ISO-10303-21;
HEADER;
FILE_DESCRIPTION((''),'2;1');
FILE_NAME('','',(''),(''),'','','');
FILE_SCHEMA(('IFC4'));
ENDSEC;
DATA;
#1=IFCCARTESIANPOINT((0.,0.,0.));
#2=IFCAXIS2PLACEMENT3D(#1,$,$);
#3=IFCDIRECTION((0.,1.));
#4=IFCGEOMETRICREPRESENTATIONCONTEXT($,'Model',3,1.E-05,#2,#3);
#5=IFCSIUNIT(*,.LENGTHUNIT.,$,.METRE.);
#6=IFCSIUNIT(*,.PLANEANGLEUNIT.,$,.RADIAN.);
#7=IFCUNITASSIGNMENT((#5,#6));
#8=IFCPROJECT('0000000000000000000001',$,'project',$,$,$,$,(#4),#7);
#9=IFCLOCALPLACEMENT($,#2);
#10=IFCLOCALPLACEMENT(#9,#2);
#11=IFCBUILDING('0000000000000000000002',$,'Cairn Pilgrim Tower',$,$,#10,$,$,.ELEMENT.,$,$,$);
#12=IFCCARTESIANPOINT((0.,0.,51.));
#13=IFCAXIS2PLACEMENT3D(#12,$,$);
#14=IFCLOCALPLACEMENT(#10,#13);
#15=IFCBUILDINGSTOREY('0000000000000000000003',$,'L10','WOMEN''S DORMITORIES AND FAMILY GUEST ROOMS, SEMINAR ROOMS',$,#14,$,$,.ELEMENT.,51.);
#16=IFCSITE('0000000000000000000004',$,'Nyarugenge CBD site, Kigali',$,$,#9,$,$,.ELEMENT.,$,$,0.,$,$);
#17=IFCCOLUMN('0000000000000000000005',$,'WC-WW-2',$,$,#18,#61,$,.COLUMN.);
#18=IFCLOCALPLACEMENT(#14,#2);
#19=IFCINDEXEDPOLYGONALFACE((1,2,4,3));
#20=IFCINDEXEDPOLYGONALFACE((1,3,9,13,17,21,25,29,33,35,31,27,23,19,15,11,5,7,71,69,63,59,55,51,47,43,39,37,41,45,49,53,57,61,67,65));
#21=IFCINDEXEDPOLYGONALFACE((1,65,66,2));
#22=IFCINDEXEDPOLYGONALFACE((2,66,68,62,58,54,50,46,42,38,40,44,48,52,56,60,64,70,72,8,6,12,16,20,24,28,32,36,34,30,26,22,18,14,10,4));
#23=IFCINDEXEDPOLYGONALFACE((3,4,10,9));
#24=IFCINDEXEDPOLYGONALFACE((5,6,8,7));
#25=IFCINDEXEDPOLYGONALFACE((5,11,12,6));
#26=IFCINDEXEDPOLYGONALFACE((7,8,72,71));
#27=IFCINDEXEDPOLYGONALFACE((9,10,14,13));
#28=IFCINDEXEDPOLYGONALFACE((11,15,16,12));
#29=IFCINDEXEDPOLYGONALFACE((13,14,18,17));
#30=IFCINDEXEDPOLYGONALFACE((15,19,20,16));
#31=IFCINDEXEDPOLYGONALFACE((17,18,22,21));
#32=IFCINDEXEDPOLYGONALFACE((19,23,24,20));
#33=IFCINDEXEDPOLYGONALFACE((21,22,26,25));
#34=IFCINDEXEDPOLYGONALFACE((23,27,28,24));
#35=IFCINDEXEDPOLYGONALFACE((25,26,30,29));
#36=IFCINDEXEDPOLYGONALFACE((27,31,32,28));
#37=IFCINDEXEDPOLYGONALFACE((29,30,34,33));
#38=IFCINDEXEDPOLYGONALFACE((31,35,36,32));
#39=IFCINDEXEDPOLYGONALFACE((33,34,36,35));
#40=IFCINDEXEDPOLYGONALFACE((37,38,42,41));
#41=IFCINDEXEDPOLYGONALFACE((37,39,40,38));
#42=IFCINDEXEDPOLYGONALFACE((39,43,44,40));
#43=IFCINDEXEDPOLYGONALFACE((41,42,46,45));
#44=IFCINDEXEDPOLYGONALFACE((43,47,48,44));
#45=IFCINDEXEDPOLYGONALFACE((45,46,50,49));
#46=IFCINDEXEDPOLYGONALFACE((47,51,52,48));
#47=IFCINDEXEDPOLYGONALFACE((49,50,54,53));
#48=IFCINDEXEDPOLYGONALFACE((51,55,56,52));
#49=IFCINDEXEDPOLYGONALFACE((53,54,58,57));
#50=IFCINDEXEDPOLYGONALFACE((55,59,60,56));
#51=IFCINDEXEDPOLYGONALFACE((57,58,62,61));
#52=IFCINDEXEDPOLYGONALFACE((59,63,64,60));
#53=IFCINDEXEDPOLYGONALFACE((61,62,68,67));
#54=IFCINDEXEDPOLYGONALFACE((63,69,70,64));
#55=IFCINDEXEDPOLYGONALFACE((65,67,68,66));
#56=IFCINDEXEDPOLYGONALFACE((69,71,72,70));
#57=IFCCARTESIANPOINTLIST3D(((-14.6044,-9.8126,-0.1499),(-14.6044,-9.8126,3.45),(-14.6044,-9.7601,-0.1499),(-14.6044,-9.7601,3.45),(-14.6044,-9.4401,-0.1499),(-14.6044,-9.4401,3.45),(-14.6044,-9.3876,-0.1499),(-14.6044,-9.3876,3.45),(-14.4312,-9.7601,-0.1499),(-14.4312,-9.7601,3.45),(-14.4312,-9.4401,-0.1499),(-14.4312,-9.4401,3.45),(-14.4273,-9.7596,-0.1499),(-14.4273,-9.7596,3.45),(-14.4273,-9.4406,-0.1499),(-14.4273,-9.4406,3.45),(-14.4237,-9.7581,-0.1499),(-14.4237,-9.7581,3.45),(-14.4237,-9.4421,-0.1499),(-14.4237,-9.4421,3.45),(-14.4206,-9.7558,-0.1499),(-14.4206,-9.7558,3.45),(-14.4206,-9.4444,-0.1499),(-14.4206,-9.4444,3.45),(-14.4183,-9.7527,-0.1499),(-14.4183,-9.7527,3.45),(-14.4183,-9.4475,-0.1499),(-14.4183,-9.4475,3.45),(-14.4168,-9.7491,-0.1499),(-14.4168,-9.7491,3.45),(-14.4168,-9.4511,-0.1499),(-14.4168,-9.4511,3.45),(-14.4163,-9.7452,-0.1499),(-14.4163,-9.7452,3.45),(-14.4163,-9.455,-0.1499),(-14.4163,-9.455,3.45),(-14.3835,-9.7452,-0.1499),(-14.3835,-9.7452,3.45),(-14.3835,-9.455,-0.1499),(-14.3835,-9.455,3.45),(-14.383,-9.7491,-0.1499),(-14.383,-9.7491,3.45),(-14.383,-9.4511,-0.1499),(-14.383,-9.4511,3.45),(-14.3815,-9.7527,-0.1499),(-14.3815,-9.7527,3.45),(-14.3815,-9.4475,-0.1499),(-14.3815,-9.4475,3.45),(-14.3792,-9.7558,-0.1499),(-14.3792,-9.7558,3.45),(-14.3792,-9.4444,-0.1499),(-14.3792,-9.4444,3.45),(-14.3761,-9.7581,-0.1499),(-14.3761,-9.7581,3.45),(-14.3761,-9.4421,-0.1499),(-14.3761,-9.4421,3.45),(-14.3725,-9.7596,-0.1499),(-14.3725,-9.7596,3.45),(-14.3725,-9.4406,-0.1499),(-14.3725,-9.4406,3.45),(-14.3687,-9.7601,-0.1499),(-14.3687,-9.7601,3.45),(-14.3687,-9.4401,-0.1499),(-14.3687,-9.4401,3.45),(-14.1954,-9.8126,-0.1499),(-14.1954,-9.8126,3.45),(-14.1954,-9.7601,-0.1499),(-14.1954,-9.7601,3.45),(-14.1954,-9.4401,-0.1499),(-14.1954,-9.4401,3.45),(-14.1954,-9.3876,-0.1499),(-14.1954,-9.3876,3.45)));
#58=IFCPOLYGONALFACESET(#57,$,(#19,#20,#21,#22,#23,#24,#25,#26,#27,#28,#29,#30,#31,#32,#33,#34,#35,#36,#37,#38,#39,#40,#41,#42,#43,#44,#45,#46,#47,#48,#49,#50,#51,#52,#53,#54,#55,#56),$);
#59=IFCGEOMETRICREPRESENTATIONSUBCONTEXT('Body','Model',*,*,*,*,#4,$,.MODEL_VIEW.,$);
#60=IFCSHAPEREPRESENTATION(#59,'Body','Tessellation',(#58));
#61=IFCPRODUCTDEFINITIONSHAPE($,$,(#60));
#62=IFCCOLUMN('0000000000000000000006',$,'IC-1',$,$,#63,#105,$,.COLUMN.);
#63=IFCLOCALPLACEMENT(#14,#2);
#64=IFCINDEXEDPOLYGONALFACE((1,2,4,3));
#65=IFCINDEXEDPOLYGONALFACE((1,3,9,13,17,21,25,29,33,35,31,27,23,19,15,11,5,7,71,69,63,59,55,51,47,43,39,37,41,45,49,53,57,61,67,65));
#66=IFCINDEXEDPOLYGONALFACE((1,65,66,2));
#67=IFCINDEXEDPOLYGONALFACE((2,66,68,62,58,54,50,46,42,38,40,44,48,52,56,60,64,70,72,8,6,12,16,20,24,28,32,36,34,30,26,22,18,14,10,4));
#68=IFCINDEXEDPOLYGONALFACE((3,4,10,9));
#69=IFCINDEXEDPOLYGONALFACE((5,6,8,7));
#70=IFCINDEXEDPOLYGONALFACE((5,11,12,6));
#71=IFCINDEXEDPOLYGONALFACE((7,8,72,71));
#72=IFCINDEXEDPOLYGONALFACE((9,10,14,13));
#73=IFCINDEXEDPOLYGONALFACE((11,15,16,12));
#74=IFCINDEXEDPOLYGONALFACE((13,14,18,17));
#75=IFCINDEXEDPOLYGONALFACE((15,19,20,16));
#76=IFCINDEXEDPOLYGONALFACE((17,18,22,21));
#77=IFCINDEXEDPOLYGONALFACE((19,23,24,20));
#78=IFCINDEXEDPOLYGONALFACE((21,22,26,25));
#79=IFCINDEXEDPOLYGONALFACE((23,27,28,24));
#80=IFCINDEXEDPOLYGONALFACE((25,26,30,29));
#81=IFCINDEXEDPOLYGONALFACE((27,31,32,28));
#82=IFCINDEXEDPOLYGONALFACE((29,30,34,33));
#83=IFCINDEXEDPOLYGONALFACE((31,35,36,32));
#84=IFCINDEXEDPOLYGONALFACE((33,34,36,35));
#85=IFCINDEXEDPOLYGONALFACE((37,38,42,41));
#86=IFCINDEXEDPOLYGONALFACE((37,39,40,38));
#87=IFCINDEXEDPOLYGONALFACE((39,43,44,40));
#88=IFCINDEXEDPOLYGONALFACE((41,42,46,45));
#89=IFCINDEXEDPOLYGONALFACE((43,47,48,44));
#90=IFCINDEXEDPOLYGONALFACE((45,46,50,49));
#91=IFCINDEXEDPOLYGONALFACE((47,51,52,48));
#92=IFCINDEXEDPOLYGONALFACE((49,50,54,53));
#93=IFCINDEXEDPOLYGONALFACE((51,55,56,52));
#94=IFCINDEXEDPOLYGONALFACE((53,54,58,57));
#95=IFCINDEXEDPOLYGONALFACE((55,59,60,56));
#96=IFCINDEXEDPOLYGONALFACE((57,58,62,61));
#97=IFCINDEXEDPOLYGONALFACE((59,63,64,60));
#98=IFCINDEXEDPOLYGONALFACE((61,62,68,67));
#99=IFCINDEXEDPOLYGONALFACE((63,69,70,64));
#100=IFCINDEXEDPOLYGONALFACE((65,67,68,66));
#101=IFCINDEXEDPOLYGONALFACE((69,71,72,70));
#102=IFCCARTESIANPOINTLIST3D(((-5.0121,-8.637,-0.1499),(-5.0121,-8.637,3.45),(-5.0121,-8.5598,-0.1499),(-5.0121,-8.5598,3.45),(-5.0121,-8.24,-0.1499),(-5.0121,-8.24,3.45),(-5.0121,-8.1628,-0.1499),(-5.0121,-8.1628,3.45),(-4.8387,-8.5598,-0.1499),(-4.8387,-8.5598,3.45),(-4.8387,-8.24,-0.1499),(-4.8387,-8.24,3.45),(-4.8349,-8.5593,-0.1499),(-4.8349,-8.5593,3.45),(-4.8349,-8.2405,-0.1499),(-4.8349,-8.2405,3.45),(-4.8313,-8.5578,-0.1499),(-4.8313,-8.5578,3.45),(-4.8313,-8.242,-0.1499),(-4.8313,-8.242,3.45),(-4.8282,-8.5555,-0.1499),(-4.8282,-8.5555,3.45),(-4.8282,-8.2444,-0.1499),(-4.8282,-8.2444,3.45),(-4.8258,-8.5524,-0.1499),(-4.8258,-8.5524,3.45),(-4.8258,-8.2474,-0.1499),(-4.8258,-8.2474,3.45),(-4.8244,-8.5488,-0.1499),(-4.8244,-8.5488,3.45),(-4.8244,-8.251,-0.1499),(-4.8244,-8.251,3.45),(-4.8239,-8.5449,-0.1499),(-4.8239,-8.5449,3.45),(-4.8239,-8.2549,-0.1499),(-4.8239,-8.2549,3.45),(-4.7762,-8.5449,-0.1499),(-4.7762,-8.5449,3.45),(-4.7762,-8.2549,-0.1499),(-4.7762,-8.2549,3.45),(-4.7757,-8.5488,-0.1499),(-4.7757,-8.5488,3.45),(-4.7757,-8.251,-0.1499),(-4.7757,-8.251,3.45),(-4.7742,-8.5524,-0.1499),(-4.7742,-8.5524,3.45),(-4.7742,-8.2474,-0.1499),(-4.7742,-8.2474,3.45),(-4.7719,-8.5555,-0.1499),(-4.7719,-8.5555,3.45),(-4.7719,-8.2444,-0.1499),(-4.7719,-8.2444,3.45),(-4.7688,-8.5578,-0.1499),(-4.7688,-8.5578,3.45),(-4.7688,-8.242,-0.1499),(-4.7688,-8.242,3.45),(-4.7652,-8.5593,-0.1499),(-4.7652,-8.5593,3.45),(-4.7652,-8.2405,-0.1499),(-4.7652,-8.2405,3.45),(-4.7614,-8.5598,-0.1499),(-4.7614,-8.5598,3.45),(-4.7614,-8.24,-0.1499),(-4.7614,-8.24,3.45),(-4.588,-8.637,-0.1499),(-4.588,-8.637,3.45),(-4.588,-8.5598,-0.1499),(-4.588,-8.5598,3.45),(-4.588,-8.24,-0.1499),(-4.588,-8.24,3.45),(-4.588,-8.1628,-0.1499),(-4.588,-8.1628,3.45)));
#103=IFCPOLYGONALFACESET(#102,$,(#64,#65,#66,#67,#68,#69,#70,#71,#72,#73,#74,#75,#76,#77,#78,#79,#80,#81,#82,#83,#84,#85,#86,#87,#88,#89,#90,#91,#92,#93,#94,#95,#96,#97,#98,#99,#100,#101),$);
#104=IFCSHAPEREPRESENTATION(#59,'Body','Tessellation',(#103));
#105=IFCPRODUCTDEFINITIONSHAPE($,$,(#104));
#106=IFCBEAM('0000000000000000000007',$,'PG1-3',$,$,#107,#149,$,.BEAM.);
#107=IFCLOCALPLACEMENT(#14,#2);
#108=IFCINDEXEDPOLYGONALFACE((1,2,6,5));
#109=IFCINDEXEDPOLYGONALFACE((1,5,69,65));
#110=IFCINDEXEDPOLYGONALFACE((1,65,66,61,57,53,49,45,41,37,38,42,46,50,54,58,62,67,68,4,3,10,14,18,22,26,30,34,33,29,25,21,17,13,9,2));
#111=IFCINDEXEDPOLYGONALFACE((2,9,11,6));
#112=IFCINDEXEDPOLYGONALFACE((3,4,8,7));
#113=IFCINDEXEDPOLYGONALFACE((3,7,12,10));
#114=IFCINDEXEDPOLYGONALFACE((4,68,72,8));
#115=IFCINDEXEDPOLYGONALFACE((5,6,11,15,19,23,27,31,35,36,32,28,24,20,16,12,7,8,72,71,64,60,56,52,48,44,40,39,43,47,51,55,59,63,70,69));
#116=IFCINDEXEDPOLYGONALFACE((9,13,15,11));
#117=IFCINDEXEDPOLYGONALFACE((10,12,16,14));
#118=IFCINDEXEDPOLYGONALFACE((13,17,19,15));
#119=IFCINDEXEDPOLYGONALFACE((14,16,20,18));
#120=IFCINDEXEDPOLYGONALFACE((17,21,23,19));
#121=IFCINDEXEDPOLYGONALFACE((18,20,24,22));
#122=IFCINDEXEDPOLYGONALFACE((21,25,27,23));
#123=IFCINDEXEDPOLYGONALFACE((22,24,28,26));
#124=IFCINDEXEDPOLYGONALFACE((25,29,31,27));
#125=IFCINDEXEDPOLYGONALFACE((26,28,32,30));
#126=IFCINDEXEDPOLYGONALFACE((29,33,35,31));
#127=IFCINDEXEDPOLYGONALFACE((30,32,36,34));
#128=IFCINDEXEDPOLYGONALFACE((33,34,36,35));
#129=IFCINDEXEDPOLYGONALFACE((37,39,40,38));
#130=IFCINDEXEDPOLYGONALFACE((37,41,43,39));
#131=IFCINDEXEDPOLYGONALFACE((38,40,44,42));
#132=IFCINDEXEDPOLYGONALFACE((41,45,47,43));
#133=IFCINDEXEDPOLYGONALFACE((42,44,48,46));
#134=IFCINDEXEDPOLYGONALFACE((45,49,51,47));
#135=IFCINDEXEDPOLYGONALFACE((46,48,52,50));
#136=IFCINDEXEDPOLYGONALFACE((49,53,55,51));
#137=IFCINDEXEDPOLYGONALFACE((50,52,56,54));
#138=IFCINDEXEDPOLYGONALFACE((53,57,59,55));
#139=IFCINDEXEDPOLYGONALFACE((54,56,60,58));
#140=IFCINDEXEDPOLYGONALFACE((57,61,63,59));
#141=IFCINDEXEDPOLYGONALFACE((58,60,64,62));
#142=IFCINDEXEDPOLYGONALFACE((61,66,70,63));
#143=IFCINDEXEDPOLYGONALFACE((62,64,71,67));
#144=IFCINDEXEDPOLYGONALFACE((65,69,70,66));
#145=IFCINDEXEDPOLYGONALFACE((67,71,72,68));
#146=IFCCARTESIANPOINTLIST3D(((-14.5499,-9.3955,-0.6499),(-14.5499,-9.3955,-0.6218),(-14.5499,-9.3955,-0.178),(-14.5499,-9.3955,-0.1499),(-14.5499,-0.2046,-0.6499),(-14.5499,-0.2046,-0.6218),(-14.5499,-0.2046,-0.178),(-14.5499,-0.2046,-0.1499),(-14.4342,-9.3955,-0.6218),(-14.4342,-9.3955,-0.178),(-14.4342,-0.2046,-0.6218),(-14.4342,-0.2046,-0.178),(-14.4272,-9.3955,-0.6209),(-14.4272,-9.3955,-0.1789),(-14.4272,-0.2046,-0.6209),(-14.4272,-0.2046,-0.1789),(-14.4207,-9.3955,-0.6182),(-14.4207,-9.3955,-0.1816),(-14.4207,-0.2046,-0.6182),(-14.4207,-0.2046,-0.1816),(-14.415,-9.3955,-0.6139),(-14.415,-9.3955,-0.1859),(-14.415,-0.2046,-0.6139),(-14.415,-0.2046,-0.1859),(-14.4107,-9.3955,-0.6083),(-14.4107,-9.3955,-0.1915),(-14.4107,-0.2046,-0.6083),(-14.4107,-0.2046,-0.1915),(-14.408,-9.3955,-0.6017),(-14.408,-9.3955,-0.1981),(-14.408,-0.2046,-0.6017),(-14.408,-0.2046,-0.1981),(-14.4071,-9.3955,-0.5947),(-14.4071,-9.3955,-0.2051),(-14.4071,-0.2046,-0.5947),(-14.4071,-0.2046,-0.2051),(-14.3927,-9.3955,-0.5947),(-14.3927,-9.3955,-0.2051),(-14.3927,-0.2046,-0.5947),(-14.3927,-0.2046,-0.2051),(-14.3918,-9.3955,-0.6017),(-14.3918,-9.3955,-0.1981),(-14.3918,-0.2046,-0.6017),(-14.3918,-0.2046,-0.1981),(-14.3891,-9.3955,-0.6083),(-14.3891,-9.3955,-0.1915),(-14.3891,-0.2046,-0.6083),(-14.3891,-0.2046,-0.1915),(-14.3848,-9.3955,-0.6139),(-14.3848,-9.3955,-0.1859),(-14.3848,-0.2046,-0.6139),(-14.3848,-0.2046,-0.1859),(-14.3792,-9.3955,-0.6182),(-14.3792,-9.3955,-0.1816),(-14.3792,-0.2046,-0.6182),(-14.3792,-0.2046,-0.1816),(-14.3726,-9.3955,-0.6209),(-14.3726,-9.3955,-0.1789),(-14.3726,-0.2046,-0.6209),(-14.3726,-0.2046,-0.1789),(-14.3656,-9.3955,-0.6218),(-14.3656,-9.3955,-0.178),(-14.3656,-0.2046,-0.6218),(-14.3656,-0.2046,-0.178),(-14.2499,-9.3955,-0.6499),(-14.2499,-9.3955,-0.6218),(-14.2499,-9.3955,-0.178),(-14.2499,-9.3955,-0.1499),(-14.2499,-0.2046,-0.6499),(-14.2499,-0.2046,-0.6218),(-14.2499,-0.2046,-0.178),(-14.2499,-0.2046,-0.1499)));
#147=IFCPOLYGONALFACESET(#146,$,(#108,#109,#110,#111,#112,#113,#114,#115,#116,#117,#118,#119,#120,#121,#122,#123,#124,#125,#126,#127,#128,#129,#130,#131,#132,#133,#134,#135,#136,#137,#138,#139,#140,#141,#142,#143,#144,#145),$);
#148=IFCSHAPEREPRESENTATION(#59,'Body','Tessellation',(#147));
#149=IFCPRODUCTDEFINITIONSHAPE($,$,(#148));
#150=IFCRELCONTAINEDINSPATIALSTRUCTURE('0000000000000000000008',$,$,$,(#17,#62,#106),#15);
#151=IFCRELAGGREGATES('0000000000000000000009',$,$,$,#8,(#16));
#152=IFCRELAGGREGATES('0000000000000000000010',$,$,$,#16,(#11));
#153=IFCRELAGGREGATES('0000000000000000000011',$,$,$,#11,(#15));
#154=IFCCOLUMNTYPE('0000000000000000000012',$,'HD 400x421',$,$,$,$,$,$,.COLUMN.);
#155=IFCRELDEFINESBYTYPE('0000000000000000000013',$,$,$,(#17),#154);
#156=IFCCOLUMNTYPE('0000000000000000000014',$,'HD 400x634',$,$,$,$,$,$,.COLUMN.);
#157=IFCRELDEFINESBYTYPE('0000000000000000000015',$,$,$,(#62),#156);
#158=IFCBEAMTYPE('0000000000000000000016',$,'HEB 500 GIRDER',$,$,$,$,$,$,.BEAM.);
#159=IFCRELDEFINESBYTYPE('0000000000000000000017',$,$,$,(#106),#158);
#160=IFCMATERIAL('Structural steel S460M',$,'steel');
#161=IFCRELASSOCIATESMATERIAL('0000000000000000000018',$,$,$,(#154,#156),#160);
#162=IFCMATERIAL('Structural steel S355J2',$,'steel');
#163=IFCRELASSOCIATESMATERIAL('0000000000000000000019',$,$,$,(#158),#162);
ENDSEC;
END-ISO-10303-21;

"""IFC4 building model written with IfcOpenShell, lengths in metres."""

from ifc_helpers import new_model, si_unit, direction, frame, origin, origin_2d, place, context, subcontext, project, spatial, i_section, extrude, material, material_profile, profile_set, type_object, element, save


model = new_model("IFC4")

# Units and contexts
model_context = context("Model", 3, precision=1e-05, world=origin(), true_north=direction((0.0, 1.0)))
body_context = subcontext(model_context, "Body", "Model", "MODEL_VIEW")
ifc_project = project(units=[si_unit("LENGTHUNIT", "METRE"), si_unit("PLANEANGLEUNIT", "RADIAN")], contexts=[model_context])

# Site, building, storey
site_placement = place(None, origin())
site = spatial("IfcSite", under=ifc_project, at=site_placement, Name="Nyarugenge CBD site, Kigali", CompositionType="ELEMENT", RefElevation=0.0)
building_placement = place(site_placement, origin())
building = spatial("IfcBuilding", under=site, at=building_placement, Name="Cairn Pilgrim Tower", CompositionType="ELEMENT")
storey_placement = place(building_placement, frame((0.0, 0.0, 51.0)))
storey = spatial("IfcBuildingStorey", under=building, at=storey_placement, Name="L10", Description="WOMEN'S DORMITORIES AND FAMILY GUEST ROOMS, SEMINAR ROOMS", CompositionType="ELEMENT", Elevation=51.0)

# Columns
ifc_material_1 = material(Name="Structural steel S460M", Category="steel")
ifc_material_profile_1 = material_profile(ifc_material_1, i_section(OverallWidth=0.4089, OverallDepth=0.425, WebThickness=0.0327, FlangeThickness=0.0525, FilletRadius=0.0149, at=origin_2d()), Name="HD 400x421")
ifc_profile_set_1 = profile_set([ifc_material_profile_1], Name="Structural steel S460M")
column_type_1 = type_object("IfcColumnType", Name="HD 400x421", PredefinedType="COLUMN", material=ifc_profile_set_1)
column_1_placement = place(storey_placement, frame((-14.3999, -9.6001, -0.1499), z_axis=(0.0, 0.0, 1.0), x_axis=(1.0, 0.0, 0.0)))
element("IfcColumn", 1, at=column_1_placement, inside=storey, type_object=column_type_1, Name="WC-WW-2", PredefinedType="COLUMN", context=body_context, shape_type="SweptSolid", body=[
    extrude(i_section(OverallWidth=0.4089, OverallDepth=0.425, WebThickness=0.0327, FlangeThickness=0.0525, FilletRadius=0.0149, at=origin_2d()), origin(), (0.0, 0.0, 1.0), 3.5999),
])
ifc_material_profile_2 = material_profile(ifc_material_1, i_section(OverallWidth=0.4241, OverallDepth=0.4741, WebThickness=0.0476, FlangeThickness=0.0771, FilletRadius=0.0149, at=origin_2d()), Name="HD 400x634")
ifc_profile_set_2 = profile_set([ifc_material_profile_2], Name="Structural steel S460M")
column_type_2 = type_object("IfcColumnType", Name="HD 400x634", PredefinedType="COLUMN", material=ifc_profile_set_2)
column_2_placement = place(storey_placement, frame((-4.8, -8.3999, -0.1499), z_axis=(0.0, 0.0, 1.0), x_axis=(1.0, 0.0, 0.0)))
element("IfcColumn", 2, at=column_2_placement, inside=storey, type_object=column_type_2, Name="IC-1", PredefinedType="COLUMN", context=body_context, shape_type="SweptSolid", body=[
    extrude(i_section(OverallWidth=0.4241, OverallDepth=0.4741, WebThickness=0.0476, FlangeThickness=0.0771, FilletRadius=0.0149, at=origin_2d()), origin(), (0.0, 0.0, 1.0), 3.5999),
])

# Beam
ifc_material_2 = material(Name="Structural steel S355J2", Category="steel")
ifc_material_profile_3 = material_profile(ifc_material_2, i_section(OverallWidth=0.3, OverallDepth=0.5, WebThickness=0.0144, FlangeThickness=0.0281, FilletRadius=0.0271, at=origin_2d()), Name="HEB 500")
ifc_profile_set_3 = profile_set([ifc_material_profile_3], Name="Structural steel S355J2")
beam_type_1 = type_object("IfcBeamType", Name="HEB 500 GIRDER", PredefinedType="BEAM", material=ifc_profile_set_3)
beam_1_placement = place(storey_placement, frame((-14.3999, -9.3955, -0.3999), z_axis=(0.0, 1.0, 0.0), x_axis=(-1.0, 0.0, 0.0)))
element("IfcBeam", 3, at=beam_1_placement, inside=storey, type_object=beam_type_1, Name="PG1-3", PredefinedType="BEAM", context=body_context, shape_type="SweptSolid", body=[
    extrude(i_section(OverallWidth=0.3, OverallDepth=0.5, WebThickness=0.0144, FlangeThickness=0.0281, FilletRadius=0.0271, at=origin_2d()), origin(), (0.0, 0.0, 1.0), 9.1909),
])

save(model, "model.ifc")
